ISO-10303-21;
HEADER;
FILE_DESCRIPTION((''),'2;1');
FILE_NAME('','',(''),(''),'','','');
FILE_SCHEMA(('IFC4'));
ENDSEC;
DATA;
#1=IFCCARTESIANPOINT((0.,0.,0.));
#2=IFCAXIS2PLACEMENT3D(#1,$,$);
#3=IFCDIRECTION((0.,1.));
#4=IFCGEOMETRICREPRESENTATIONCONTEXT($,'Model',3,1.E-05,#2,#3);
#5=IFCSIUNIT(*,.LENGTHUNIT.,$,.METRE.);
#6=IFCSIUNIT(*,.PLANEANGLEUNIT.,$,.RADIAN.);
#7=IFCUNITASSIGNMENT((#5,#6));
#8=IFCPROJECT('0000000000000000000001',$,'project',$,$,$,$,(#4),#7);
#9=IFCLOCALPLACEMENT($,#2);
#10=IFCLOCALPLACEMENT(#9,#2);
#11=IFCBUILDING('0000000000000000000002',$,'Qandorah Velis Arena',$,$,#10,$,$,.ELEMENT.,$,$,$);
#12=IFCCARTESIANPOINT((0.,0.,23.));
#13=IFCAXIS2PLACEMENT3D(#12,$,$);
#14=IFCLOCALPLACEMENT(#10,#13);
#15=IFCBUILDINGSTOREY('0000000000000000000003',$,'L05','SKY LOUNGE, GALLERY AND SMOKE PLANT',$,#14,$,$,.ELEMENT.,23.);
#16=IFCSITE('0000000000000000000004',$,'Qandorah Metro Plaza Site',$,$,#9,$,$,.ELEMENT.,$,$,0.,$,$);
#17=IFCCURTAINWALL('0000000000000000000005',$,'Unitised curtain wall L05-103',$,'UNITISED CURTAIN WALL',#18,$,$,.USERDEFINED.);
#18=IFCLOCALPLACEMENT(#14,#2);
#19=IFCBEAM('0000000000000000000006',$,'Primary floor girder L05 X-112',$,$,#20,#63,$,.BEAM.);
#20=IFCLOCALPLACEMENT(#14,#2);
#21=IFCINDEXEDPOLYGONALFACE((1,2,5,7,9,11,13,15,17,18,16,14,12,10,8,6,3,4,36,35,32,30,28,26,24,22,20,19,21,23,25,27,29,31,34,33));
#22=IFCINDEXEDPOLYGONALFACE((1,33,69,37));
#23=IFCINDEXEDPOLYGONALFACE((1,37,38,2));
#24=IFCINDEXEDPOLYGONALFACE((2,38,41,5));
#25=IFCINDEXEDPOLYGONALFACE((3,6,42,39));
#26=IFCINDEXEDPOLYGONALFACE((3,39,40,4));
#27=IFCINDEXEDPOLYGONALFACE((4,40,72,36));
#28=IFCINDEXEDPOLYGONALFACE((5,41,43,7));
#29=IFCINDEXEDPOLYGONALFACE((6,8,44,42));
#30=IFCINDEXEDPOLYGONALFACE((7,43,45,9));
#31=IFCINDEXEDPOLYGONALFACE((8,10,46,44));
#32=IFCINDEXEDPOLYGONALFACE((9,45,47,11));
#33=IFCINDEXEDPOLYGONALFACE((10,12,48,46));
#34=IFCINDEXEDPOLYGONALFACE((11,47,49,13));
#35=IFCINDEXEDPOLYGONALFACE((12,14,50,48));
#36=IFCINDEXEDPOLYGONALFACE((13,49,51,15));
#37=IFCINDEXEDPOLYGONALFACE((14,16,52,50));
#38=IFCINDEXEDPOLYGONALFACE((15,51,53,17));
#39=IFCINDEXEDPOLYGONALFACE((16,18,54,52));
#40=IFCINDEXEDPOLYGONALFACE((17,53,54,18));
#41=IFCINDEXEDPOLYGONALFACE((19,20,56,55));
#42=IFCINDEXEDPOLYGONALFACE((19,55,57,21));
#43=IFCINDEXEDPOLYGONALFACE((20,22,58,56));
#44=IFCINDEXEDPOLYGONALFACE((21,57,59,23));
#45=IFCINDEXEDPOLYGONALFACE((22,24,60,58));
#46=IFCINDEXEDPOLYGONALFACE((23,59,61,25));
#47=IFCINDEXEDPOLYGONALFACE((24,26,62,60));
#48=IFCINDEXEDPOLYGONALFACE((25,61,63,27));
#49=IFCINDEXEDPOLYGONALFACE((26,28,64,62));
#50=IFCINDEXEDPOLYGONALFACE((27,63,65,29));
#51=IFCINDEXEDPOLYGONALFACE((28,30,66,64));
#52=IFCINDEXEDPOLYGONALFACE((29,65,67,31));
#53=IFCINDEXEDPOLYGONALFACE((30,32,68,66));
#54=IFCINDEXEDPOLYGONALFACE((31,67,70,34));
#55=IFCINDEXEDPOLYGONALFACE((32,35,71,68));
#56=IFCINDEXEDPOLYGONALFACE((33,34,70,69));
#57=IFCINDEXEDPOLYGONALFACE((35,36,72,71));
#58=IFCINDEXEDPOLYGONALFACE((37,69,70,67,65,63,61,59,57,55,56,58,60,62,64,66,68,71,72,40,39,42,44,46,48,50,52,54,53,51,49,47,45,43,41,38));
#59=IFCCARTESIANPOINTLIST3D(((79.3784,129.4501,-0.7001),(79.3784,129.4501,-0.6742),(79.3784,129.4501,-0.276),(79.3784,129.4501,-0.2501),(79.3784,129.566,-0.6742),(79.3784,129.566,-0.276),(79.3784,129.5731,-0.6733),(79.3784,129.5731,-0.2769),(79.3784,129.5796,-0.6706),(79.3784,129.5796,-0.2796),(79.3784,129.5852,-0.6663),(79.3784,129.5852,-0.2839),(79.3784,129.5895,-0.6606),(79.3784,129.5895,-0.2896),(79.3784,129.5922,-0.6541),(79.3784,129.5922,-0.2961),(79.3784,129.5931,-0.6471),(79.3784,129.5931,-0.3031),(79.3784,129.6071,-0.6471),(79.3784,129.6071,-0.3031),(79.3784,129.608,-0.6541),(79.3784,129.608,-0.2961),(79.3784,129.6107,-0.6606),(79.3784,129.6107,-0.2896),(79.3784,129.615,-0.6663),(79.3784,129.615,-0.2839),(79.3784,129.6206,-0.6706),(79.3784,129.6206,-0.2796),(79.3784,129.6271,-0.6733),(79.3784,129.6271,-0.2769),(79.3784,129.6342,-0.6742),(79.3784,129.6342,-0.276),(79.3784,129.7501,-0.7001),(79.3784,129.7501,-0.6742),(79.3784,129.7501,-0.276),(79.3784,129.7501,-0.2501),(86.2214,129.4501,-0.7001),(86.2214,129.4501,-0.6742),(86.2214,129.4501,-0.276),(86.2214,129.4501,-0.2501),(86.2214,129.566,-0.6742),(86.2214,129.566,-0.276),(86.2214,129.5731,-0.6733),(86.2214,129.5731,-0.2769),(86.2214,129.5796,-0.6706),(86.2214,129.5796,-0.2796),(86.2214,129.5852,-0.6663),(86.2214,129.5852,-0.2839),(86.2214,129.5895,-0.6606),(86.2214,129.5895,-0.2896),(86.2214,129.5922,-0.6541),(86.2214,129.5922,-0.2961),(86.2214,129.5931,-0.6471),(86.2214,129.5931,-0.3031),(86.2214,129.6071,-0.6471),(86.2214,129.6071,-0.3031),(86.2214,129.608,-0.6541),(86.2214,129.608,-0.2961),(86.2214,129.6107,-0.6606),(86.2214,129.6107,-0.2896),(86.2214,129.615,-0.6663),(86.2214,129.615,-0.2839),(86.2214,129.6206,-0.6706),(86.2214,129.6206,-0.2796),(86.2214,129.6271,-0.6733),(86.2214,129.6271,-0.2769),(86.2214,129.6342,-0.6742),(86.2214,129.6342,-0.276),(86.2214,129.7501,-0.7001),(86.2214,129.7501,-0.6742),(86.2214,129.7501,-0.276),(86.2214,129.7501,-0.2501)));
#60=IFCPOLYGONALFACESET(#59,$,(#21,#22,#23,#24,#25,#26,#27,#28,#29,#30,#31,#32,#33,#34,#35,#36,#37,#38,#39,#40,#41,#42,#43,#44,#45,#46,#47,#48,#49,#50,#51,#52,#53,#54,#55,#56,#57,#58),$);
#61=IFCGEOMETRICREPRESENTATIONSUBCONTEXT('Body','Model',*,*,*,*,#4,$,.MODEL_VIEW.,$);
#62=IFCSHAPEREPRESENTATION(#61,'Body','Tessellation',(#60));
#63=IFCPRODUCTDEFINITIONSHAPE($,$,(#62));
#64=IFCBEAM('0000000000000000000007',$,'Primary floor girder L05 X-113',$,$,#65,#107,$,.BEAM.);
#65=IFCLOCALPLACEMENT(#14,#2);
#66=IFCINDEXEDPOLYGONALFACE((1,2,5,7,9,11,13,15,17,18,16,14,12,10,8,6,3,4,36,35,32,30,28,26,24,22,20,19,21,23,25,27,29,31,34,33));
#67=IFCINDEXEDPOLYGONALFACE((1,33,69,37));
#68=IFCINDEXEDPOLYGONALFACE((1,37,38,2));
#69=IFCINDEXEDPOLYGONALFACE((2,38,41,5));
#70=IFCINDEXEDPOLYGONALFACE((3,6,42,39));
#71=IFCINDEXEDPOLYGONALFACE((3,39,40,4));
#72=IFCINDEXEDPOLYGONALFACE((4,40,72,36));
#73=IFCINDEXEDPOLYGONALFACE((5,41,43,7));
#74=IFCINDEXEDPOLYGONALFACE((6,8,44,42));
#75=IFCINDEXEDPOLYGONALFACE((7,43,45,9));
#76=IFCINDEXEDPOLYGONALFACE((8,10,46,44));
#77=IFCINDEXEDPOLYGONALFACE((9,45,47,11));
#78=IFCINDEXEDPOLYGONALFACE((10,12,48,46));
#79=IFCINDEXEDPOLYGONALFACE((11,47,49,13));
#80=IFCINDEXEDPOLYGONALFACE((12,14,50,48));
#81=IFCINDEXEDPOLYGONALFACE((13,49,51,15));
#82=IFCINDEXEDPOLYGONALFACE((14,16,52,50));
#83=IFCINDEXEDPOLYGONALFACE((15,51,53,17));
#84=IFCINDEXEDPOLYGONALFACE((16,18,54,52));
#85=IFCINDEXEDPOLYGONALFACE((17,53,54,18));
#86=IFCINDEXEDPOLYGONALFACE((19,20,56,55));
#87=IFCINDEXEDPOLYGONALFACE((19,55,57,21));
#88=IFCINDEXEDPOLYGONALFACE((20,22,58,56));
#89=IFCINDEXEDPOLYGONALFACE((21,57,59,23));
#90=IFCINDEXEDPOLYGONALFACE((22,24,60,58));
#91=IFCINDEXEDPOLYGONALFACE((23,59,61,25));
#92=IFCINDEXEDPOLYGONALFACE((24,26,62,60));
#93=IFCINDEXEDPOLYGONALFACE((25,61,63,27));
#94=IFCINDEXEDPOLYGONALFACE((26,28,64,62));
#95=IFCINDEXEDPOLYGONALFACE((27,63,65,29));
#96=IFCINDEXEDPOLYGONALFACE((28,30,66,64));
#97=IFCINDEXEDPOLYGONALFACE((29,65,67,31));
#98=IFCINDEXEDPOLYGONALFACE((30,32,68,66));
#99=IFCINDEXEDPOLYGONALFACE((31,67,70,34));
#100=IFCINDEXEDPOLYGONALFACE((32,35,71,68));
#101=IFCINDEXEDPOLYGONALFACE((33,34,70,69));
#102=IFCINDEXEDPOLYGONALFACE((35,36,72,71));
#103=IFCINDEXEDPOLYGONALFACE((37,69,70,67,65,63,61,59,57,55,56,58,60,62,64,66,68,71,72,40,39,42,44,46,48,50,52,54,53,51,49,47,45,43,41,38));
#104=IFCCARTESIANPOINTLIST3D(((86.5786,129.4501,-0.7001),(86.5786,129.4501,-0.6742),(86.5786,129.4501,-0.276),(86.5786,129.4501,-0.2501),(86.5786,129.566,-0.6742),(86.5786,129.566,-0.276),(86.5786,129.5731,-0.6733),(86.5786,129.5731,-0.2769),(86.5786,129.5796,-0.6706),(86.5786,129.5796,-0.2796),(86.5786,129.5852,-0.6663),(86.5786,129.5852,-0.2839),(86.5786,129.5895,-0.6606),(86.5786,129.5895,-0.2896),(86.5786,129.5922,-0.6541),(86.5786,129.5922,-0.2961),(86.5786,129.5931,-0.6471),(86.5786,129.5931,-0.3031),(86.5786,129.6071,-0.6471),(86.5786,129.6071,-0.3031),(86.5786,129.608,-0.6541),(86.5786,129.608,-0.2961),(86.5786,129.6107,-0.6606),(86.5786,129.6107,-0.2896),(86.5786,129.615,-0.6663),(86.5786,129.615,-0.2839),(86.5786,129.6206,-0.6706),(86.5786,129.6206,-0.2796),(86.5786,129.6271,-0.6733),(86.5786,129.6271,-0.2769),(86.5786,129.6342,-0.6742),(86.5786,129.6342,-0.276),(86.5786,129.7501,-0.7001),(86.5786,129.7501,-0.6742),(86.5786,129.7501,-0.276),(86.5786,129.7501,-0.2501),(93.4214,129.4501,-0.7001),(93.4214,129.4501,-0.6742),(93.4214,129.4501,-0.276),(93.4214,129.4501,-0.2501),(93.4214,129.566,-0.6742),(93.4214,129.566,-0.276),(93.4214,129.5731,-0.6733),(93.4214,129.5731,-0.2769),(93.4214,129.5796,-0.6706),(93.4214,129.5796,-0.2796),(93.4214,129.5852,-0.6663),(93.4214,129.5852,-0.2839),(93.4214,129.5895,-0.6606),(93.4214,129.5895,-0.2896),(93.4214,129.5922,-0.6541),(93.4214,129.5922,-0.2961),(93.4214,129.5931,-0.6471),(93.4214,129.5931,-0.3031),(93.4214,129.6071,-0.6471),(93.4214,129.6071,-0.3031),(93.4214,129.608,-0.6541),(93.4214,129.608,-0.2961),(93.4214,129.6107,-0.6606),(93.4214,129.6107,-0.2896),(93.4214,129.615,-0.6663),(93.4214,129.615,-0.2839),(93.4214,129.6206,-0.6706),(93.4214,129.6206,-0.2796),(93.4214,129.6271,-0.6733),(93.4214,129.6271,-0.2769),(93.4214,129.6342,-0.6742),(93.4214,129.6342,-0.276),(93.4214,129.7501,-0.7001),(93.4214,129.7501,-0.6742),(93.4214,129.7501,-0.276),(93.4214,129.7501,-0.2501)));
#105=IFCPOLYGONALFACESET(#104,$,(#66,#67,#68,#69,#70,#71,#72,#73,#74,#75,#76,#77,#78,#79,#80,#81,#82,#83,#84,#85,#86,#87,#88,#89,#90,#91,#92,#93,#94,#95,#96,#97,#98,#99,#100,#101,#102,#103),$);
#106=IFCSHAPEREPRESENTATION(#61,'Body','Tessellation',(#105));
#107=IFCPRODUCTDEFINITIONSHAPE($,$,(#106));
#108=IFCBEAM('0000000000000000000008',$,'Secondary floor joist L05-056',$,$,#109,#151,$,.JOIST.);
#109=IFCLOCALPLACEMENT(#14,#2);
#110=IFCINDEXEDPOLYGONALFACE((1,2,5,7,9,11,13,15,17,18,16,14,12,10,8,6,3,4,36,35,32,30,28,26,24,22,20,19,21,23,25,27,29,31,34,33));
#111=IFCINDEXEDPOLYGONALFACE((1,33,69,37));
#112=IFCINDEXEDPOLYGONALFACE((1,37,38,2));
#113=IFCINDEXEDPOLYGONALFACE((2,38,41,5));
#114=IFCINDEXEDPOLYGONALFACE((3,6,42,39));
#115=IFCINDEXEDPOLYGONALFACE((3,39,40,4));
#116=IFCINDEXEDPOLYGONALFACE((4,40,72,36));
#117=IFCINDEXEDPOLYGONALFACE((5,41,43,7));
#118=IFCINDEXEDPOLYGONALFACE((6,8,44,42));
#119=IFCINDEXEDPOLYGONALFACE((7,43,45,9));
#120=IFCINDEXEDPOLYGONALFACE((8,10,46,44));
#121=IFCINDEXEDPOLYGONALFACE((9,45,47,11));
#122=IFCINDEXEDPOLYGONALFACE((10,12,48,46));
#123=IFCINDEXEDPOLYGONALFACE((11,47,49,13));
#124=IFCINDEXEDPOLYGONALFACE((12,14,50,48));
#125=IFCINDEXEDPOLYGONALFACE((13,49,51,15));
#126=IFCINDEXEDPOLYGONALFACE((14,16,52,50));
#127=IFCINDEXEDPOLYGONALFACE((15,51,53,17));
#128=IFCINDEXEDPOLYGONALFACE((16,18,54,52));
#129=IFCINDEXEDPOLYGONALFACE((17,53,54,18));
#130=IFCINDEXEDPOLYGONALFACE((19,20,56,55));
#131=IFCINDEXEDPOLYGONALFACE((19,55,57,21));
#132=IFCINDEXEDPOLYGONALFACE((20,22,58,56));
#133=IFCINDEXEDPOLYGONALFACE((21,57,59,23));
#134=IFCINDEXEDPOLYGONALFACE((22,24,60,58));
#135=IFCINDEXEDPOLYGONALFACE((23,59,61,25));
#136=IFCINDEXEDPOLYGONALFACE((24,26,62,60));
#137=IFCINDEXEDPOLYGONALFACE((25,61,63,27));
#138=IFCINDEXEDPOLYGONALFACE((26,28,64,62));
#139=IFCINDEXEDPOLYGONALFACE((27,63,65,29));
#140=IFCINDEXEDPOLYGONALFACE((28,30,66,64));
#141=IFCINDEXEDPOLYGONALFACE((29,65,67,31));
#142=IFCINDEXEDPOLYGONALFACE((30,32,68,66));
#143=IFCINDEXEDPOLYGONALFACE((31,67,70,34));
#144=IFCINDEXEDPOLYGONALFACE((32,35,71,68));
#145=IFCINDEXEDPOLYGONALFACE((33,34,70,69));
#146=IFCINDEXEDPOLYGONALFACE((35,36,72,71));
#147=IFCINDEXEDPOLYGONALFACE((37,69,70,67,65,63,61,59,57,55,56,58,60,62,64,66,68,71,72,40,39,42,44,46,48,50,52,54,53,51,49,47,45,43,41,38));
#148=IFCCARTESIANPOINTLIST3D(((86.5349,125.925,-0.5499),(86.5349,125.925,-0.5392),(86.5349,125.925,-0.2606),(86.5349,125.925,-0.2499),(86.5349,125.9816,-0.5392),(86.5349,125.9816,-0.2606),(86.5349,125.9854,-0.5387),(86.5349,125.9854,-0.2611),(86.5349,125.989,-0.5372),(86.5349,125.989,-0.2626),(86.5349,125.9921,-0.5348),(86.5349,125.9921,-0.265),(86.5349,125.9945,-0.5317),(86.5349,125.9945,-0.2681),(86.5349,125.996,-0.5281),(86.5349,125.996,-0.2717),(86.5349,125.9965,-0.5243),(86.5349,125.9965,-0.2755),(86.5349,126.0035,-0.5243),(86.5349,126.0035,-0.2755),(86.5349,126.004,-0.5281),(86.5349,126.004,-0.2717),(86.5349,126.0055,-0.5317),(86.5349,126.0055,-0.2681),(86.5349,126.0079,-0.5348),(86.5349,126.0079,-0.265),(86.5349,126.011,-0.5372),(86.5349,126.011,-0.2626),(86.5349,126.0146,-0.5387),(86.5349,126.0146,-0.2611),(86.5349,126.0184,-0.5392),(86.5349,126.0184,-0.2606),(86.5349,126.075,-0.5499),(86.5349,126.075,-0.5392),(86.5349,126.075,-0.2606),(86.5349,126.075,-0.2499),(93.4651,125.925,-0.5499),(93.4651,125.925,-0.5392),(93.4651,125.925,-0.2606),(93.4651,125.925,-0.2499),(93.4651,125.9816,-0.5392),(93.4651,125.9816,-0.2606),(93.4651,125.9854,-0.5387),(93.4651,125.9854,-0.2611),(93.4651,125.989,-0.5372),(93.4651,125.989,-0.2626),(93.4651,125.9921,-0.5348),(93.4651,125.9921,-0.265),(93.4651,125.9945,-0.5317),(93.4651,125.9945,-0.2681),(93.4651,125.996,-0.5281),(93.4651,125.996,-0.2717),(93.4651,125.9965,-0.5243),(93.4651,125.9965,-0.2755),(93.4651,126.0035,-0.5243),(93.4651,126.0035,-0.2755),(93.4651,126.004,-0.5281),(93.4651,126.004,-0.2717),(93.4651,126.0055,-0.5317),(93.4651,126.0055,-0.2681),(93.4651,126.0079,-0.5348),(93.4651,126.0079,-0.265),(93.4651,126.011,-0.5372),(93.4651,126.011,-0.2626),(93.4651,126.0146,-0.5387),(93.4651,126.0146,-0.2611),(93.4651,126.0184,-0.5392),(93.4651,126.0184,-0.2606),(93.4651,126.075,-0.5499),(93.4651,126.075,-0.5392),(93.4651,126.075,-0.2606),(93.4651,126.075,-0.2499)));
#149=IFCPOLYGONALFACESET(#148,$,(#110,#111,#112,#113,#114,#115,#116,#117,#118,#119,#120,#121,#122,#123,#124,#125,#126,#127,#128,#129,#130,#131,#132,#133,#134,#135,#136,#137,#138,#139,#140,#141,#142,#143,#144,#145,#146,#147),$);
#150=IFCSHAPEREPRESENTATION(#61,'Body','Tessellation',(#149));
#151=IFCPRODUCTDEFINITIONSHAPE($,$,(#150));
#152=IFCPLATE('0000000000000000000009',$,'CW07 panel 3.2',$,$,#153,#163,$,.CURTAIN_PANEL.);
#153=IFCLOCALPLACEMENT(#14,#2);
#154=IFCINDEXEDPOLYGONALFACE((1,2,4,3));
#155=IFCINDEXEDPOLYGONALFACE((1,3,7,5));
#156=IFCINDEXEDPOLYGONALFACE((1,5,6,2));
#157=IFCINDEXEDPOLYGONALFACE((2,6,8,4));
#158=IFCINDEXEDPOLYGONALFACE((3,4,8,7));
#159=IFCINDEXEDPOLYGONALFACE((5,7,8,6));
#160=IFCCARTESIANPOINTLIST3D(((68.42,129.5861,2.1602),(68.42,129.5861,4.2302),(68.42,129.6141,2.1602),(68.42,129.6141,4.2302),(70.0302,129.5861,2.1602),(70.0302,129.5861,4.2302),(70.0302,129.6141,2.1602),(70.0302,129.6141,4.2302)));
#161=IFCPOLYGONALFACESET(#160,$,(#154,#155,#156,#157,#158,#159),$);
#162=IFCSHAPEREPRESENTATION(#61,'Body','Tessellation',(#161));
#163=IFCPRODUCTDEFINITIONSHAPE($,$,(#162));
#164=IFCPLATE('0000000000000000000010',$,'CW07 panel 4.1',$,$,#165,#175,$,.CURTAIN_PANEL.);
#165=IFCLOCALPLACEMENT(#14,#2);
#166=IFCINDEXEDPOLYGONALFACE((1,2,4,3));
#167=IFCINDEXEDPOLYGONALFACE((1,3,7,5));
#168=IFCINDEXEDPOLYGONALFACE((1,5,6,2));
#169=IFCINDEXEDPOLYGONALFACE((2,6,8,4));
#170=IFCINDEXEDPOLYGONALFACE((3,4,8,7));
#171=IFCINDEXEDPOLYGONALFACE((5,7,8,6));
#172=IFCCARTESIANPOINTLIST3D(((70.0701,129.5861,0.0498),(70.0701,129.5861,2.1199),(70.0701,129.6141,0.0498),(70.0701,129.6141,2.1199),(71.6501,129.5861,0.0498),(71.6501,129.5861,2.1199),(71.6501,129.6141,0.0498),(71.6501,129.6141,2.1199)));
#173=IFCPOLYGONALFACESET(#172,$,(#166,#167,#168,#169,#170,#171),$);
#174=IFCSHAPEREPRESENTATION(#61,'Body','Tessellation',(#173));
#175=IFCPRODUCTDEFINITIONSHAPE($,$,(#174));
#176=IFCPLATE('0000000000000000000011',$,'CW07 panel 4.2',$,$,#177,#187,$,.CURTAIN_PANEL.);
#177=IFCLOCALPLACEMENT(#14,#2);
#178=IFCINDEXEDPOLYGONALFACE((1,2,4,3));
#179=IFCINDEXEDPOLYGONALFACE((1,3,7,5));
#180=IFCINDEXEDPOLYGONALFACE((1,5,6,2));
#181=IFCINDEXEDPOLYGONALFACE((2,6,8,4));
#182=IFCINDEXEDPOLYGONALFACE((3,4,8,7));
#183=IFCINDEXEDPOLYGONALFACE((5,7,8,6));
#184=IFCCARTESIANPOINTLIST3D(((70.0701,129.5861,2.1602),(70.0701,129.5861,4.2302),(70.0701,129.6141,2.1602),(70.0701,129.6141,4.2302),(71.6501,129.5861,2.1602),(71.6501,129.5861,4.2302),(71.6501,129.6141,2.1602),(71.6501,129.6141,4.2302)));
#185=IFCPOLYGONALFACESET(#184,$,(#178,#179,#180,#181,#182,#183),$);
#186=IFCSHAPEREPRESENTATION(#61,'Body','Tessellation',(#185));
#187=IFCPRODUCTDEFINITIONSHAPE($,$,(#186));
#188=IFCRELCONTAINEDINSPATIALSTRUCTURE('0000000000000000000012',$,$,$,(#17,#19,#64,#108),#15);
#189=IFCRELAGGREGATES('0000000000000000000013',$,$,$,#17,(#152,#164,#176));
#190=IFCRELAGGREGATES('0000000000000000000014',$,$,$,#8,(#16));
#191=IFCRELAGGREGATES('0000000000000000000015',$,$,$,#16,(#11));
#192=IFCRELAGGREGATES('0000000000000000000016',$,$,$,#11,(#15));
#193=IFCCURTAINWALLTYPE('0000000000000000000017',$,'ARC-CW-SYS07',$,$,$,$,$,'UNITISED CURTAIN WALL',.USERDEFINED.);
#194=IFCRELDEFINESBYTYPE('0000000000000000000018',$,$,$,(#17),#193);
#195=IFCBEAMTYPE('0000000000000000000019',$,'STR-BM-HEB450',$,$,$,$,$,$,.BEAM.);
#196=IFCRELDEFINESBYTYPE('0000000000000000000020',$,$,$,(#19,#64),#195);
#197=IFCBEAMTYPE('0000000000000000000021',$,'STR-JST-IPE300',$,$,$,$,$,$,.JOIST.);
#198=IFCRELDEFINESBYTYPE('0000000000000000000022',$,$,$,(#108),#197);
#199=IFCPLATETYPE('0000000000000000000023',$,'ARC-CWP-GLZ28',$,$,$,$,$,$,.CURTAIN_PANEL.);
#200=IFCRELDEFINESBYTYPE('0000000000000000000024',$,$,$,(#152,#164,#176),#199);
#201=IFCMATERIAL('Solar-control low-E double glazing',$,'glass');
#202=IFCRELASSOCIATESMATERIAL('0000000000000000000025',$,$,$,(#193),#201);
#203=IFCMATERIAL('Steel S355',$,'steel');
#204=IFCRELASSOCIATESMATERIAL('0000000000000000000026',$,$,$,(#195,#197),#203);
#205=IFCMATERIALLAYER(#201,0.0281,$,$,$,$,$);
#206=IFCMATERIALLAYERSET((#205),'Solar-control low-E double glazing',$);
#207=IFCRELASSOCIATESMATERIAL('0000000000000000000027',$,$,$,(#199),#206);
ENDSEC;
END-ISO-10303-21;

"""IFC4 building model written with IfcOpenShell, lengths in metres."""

from ifc_helpers import new_model, si_unit, direction, frame, origin, origin_2d, place, context, subcontext, project, spatial, rectangle, i_section, extrude, material, layer, layer_set, material_profile, profile_set, type_object, element, aggregate, save


model = new_model("IFC4")

# Units and contexts
model_context = context("Model", 3, precision=1e-05, world=origin(), true_north=direction((0.0, 1.0)))
body_context = subcontext(model_context, "Body", "Model", "MODEL_VIEW")
ifc_project = project(units=[si_unit("LENGTHUNIT", "METRE"), si_unit("PLANEANGLEUNIT", "RADIAN")], contexts=[model_context])

# Site, building, storey
site_placement = place(None, origin())
site = spatial("IfcSite", under=ifc_project, at=site_placement, Name="Qandorah Metro Plaza Site", CompositionType="ELEMENT", RefElevation=0.0)
building_placement = place(site_placement, origin())
building = spatial("IfcBuilding", under=site, at=building_placement, Name="Qandorah Velis Arena", CompositionType="ELEMENT")
storey_placement = place(building_placement, frame((0.0, 0.0, 23.0)))
storey = spatial("IfcBuildingStorey", under=building, at=storey_placement, Name="L05", Description="SKY LOUNGE, GALLERY AND SMOKE PLANT", CompositionType="ELEMENT", Elevation=23.0)

# Shared definitions
ifc_material_1 = material(Name="Solar-control low-E double glazing", Category="glass")

# Curtain wall
curtain_wall_type_1 = type_object("IfcCurtainWallType", Name="ARC-CW-SYS07", ElementType="UNITISED CURTAIN WALL", PredefinedType="USERDEFINED", material=ifc_material_1)
curtain_wall_1_placement = place(storey_placement, origin())
curtain_wall_1 = element("IfcCurtainWall", 1, at=curtain_wall_1_placement, inside=storey, type_object=curtain_wall_type_1, Name="Unitised curtain wall L05-103", ObjectType="UNITISED CURTAIN WALL", PredefinedType="USERDEFINED")

# Beams
ifc_material_2 = material(Name="Steel S355", Category="steel")
ifc_material_profile_1 = material_profile(ifc_material_2, i_section(OverallWidth=0.3, OverallDepth=0.45, WebThickness=0.0139, FlangeThickness=0.0259, FilletRadius=0.0271, at=origin_2d()), Name="HEB 450")
ifc_profile_set_1 = profile_set([ifc_material_profile_1], Name="Steel S355")
beam_type_1 = type_object("IfcBeamType", Name="STR-BM-HEB450", PredefinedType="BEAM", material=ifc_profile_set_1)
for number, where, z_axis, x_axis, name in (
    (2, (79.3784, 129.6001, -0.4751), (1.0, 0.0, 0.0), (0.0, 1.0, 0.0), "Primary floor girder L05 X-112"),
):
    element("IfcBeam", number, at=place(storey_placement, frame(where, z_axis=z_axis, x_axis=x_axis)), inside=storey, type_object=beam_type_1, Name=name, PredefinedType="BEAM", context=body_context, shape_type="SweptSolid", body=[
        extrude(i_section(OverallWidth=0.3, OverallDepth=0.45, WebThickness=0.0139, FlangeThickness=0.0259, FilletRadius=0.0271, at=origin_2d()), origin(), (0.0, 0.0, 1.0), 6.843),
    ])
beam_1_placement = place(storey_placement, frame((86.5786, 129.6001, -0.4751), z_axis=(1.0, 0.0, 0.0), x_axis=(0.0, 1.0, 0.0)))
element("IfcBeam", 3, at=beam_1_placement, inside=storey, type_object=beam_type_1, Name="Primary floor girder L05 X-113", PredefinedType="BEAM", context=body_context, shape_type="SweptSolid", body=[
    extrude(i_section(OverallWidth=0.3, OverallDepth=0.45, WebThickness=0.0139, FlangeThickness=0.0259, FilletRadius=0.0271, at=origin_2d()), origin(), (0.0, 0.0, 1.0), 6.8428),
])
ifc_material_profile_2 = material_profile(ifc_material_2, i_section(OverallWidth=0.1499, OverallDepth=0.3, WebThickness=0.0071, FlangeThickness=0.0107, FilletRadius=0.0149, at=origin_2d()), Name="IPE 300")
ifc_profile_set_2 = profile_set([ifc_material_profile_2], Name="Steel S355")
beam_type_2 = type_object("IfcBeamType", Name="STR-JST-IPE300", PredefinedType="JOIST", material=ifc_profile_set_2)
beam_2_placement = place(storey_placement, frame((86.5349, 126.0, -0.3999), z_axis=(1.0, 0.0, 0.0), x_axis=(0.0, 1.0, 0.0)))
element("IfcBeam", 4, at=beam_2_placement, inside=storey, type_object=beam_type_2, Name="Secondary floor joist L05-056", PredefinedType="JOIST", context=body_context, shape_type="SweptSolid", body=[
    extrude(i_section(OverallWidth=0.1499, OverallDepth=0.3, WebThickness=0.0071, FlangeThickness=0.0107, FilletRadius=0.0149, at=origin_2d()), origin(), (0.0, 0.0, 1.0), 6.9302),
])

# Plates
ifc_layer_1 = layer(ifc_material_1, 0.0281)
ifc_layer_set_1 = layer_set([ifc_layer_1], Name="Solar-control low-E double glazing")
plate_type = type_object("IfcPlateType", Name="ARC-CWP-GLZ28", PredefinedType="CURTAIN_PANEL", material=ifc_layer_set_1)
plate_1_placement = place(storey_placement, frame((69.2251, 129.6001, 2.1602), z_axis=(0.0, 0.0, 1.0), x_axis=(1.0, 0.0, 0.0)))
plate_1 = element("IfcPlate", 5, at=plate_1_placement, type_object=plate_type, Name="CW07 panel 3.2", PredefinedType="CURTAIN_PANEL", context=body_context, shape_type="SweptSolid", body=[
    extrude(rectangle(XDim=1.6101, YDim=0.0281, at=origin_2d()), origin(), (0.0, 0.0, 1.0), 2.0701),
])
plate_2_placement = place(storey_placement, frame((70.8601, 129.6001, 0.0498), z_axis=(0.0, 0.0, 1.0), x_axis=(1.0, 0.0, 0.0)))
plate_2 = element("IfcPlate", 6, at=plate_2_placement, type_object=plate_type, Name="CW07 panel 4.1", PredefinedType="CURTAIN_PANEL", context=body_context, shape_type="SweptSolid", body=[
    extrude(rectangle(XDim=1.5801, YDim=0.0281, at=origin_2d()), origin(), (0.0, 0.0, 1.0), 2.0701),
])
plate_3_placement = place(storey_placement, frame((70.8601, 129.6001, 2.1602), z_axis=(0.0, 0.0, 1.0), x_axis=(1.0, 0.0, 0.0)))
plate_3 = element("IfcPlate", 7, at=plate_3_placement, type_object=plate_type, Name="CW07 panel 4.2", PredefinedType="CURTAIN_PANEL", context=body_context, shape_type="SweptSolid", body=[
    extrude(rectangle(XDim=1.5801, YDim=0.0281, at=origin_2d()), origin(), (0.0, 0.0, 1.0), 2.0701),
])
aggregate(curtain_wall_1, [plate_1, plate_2, plate_3])

save(model, "model.ifc")
